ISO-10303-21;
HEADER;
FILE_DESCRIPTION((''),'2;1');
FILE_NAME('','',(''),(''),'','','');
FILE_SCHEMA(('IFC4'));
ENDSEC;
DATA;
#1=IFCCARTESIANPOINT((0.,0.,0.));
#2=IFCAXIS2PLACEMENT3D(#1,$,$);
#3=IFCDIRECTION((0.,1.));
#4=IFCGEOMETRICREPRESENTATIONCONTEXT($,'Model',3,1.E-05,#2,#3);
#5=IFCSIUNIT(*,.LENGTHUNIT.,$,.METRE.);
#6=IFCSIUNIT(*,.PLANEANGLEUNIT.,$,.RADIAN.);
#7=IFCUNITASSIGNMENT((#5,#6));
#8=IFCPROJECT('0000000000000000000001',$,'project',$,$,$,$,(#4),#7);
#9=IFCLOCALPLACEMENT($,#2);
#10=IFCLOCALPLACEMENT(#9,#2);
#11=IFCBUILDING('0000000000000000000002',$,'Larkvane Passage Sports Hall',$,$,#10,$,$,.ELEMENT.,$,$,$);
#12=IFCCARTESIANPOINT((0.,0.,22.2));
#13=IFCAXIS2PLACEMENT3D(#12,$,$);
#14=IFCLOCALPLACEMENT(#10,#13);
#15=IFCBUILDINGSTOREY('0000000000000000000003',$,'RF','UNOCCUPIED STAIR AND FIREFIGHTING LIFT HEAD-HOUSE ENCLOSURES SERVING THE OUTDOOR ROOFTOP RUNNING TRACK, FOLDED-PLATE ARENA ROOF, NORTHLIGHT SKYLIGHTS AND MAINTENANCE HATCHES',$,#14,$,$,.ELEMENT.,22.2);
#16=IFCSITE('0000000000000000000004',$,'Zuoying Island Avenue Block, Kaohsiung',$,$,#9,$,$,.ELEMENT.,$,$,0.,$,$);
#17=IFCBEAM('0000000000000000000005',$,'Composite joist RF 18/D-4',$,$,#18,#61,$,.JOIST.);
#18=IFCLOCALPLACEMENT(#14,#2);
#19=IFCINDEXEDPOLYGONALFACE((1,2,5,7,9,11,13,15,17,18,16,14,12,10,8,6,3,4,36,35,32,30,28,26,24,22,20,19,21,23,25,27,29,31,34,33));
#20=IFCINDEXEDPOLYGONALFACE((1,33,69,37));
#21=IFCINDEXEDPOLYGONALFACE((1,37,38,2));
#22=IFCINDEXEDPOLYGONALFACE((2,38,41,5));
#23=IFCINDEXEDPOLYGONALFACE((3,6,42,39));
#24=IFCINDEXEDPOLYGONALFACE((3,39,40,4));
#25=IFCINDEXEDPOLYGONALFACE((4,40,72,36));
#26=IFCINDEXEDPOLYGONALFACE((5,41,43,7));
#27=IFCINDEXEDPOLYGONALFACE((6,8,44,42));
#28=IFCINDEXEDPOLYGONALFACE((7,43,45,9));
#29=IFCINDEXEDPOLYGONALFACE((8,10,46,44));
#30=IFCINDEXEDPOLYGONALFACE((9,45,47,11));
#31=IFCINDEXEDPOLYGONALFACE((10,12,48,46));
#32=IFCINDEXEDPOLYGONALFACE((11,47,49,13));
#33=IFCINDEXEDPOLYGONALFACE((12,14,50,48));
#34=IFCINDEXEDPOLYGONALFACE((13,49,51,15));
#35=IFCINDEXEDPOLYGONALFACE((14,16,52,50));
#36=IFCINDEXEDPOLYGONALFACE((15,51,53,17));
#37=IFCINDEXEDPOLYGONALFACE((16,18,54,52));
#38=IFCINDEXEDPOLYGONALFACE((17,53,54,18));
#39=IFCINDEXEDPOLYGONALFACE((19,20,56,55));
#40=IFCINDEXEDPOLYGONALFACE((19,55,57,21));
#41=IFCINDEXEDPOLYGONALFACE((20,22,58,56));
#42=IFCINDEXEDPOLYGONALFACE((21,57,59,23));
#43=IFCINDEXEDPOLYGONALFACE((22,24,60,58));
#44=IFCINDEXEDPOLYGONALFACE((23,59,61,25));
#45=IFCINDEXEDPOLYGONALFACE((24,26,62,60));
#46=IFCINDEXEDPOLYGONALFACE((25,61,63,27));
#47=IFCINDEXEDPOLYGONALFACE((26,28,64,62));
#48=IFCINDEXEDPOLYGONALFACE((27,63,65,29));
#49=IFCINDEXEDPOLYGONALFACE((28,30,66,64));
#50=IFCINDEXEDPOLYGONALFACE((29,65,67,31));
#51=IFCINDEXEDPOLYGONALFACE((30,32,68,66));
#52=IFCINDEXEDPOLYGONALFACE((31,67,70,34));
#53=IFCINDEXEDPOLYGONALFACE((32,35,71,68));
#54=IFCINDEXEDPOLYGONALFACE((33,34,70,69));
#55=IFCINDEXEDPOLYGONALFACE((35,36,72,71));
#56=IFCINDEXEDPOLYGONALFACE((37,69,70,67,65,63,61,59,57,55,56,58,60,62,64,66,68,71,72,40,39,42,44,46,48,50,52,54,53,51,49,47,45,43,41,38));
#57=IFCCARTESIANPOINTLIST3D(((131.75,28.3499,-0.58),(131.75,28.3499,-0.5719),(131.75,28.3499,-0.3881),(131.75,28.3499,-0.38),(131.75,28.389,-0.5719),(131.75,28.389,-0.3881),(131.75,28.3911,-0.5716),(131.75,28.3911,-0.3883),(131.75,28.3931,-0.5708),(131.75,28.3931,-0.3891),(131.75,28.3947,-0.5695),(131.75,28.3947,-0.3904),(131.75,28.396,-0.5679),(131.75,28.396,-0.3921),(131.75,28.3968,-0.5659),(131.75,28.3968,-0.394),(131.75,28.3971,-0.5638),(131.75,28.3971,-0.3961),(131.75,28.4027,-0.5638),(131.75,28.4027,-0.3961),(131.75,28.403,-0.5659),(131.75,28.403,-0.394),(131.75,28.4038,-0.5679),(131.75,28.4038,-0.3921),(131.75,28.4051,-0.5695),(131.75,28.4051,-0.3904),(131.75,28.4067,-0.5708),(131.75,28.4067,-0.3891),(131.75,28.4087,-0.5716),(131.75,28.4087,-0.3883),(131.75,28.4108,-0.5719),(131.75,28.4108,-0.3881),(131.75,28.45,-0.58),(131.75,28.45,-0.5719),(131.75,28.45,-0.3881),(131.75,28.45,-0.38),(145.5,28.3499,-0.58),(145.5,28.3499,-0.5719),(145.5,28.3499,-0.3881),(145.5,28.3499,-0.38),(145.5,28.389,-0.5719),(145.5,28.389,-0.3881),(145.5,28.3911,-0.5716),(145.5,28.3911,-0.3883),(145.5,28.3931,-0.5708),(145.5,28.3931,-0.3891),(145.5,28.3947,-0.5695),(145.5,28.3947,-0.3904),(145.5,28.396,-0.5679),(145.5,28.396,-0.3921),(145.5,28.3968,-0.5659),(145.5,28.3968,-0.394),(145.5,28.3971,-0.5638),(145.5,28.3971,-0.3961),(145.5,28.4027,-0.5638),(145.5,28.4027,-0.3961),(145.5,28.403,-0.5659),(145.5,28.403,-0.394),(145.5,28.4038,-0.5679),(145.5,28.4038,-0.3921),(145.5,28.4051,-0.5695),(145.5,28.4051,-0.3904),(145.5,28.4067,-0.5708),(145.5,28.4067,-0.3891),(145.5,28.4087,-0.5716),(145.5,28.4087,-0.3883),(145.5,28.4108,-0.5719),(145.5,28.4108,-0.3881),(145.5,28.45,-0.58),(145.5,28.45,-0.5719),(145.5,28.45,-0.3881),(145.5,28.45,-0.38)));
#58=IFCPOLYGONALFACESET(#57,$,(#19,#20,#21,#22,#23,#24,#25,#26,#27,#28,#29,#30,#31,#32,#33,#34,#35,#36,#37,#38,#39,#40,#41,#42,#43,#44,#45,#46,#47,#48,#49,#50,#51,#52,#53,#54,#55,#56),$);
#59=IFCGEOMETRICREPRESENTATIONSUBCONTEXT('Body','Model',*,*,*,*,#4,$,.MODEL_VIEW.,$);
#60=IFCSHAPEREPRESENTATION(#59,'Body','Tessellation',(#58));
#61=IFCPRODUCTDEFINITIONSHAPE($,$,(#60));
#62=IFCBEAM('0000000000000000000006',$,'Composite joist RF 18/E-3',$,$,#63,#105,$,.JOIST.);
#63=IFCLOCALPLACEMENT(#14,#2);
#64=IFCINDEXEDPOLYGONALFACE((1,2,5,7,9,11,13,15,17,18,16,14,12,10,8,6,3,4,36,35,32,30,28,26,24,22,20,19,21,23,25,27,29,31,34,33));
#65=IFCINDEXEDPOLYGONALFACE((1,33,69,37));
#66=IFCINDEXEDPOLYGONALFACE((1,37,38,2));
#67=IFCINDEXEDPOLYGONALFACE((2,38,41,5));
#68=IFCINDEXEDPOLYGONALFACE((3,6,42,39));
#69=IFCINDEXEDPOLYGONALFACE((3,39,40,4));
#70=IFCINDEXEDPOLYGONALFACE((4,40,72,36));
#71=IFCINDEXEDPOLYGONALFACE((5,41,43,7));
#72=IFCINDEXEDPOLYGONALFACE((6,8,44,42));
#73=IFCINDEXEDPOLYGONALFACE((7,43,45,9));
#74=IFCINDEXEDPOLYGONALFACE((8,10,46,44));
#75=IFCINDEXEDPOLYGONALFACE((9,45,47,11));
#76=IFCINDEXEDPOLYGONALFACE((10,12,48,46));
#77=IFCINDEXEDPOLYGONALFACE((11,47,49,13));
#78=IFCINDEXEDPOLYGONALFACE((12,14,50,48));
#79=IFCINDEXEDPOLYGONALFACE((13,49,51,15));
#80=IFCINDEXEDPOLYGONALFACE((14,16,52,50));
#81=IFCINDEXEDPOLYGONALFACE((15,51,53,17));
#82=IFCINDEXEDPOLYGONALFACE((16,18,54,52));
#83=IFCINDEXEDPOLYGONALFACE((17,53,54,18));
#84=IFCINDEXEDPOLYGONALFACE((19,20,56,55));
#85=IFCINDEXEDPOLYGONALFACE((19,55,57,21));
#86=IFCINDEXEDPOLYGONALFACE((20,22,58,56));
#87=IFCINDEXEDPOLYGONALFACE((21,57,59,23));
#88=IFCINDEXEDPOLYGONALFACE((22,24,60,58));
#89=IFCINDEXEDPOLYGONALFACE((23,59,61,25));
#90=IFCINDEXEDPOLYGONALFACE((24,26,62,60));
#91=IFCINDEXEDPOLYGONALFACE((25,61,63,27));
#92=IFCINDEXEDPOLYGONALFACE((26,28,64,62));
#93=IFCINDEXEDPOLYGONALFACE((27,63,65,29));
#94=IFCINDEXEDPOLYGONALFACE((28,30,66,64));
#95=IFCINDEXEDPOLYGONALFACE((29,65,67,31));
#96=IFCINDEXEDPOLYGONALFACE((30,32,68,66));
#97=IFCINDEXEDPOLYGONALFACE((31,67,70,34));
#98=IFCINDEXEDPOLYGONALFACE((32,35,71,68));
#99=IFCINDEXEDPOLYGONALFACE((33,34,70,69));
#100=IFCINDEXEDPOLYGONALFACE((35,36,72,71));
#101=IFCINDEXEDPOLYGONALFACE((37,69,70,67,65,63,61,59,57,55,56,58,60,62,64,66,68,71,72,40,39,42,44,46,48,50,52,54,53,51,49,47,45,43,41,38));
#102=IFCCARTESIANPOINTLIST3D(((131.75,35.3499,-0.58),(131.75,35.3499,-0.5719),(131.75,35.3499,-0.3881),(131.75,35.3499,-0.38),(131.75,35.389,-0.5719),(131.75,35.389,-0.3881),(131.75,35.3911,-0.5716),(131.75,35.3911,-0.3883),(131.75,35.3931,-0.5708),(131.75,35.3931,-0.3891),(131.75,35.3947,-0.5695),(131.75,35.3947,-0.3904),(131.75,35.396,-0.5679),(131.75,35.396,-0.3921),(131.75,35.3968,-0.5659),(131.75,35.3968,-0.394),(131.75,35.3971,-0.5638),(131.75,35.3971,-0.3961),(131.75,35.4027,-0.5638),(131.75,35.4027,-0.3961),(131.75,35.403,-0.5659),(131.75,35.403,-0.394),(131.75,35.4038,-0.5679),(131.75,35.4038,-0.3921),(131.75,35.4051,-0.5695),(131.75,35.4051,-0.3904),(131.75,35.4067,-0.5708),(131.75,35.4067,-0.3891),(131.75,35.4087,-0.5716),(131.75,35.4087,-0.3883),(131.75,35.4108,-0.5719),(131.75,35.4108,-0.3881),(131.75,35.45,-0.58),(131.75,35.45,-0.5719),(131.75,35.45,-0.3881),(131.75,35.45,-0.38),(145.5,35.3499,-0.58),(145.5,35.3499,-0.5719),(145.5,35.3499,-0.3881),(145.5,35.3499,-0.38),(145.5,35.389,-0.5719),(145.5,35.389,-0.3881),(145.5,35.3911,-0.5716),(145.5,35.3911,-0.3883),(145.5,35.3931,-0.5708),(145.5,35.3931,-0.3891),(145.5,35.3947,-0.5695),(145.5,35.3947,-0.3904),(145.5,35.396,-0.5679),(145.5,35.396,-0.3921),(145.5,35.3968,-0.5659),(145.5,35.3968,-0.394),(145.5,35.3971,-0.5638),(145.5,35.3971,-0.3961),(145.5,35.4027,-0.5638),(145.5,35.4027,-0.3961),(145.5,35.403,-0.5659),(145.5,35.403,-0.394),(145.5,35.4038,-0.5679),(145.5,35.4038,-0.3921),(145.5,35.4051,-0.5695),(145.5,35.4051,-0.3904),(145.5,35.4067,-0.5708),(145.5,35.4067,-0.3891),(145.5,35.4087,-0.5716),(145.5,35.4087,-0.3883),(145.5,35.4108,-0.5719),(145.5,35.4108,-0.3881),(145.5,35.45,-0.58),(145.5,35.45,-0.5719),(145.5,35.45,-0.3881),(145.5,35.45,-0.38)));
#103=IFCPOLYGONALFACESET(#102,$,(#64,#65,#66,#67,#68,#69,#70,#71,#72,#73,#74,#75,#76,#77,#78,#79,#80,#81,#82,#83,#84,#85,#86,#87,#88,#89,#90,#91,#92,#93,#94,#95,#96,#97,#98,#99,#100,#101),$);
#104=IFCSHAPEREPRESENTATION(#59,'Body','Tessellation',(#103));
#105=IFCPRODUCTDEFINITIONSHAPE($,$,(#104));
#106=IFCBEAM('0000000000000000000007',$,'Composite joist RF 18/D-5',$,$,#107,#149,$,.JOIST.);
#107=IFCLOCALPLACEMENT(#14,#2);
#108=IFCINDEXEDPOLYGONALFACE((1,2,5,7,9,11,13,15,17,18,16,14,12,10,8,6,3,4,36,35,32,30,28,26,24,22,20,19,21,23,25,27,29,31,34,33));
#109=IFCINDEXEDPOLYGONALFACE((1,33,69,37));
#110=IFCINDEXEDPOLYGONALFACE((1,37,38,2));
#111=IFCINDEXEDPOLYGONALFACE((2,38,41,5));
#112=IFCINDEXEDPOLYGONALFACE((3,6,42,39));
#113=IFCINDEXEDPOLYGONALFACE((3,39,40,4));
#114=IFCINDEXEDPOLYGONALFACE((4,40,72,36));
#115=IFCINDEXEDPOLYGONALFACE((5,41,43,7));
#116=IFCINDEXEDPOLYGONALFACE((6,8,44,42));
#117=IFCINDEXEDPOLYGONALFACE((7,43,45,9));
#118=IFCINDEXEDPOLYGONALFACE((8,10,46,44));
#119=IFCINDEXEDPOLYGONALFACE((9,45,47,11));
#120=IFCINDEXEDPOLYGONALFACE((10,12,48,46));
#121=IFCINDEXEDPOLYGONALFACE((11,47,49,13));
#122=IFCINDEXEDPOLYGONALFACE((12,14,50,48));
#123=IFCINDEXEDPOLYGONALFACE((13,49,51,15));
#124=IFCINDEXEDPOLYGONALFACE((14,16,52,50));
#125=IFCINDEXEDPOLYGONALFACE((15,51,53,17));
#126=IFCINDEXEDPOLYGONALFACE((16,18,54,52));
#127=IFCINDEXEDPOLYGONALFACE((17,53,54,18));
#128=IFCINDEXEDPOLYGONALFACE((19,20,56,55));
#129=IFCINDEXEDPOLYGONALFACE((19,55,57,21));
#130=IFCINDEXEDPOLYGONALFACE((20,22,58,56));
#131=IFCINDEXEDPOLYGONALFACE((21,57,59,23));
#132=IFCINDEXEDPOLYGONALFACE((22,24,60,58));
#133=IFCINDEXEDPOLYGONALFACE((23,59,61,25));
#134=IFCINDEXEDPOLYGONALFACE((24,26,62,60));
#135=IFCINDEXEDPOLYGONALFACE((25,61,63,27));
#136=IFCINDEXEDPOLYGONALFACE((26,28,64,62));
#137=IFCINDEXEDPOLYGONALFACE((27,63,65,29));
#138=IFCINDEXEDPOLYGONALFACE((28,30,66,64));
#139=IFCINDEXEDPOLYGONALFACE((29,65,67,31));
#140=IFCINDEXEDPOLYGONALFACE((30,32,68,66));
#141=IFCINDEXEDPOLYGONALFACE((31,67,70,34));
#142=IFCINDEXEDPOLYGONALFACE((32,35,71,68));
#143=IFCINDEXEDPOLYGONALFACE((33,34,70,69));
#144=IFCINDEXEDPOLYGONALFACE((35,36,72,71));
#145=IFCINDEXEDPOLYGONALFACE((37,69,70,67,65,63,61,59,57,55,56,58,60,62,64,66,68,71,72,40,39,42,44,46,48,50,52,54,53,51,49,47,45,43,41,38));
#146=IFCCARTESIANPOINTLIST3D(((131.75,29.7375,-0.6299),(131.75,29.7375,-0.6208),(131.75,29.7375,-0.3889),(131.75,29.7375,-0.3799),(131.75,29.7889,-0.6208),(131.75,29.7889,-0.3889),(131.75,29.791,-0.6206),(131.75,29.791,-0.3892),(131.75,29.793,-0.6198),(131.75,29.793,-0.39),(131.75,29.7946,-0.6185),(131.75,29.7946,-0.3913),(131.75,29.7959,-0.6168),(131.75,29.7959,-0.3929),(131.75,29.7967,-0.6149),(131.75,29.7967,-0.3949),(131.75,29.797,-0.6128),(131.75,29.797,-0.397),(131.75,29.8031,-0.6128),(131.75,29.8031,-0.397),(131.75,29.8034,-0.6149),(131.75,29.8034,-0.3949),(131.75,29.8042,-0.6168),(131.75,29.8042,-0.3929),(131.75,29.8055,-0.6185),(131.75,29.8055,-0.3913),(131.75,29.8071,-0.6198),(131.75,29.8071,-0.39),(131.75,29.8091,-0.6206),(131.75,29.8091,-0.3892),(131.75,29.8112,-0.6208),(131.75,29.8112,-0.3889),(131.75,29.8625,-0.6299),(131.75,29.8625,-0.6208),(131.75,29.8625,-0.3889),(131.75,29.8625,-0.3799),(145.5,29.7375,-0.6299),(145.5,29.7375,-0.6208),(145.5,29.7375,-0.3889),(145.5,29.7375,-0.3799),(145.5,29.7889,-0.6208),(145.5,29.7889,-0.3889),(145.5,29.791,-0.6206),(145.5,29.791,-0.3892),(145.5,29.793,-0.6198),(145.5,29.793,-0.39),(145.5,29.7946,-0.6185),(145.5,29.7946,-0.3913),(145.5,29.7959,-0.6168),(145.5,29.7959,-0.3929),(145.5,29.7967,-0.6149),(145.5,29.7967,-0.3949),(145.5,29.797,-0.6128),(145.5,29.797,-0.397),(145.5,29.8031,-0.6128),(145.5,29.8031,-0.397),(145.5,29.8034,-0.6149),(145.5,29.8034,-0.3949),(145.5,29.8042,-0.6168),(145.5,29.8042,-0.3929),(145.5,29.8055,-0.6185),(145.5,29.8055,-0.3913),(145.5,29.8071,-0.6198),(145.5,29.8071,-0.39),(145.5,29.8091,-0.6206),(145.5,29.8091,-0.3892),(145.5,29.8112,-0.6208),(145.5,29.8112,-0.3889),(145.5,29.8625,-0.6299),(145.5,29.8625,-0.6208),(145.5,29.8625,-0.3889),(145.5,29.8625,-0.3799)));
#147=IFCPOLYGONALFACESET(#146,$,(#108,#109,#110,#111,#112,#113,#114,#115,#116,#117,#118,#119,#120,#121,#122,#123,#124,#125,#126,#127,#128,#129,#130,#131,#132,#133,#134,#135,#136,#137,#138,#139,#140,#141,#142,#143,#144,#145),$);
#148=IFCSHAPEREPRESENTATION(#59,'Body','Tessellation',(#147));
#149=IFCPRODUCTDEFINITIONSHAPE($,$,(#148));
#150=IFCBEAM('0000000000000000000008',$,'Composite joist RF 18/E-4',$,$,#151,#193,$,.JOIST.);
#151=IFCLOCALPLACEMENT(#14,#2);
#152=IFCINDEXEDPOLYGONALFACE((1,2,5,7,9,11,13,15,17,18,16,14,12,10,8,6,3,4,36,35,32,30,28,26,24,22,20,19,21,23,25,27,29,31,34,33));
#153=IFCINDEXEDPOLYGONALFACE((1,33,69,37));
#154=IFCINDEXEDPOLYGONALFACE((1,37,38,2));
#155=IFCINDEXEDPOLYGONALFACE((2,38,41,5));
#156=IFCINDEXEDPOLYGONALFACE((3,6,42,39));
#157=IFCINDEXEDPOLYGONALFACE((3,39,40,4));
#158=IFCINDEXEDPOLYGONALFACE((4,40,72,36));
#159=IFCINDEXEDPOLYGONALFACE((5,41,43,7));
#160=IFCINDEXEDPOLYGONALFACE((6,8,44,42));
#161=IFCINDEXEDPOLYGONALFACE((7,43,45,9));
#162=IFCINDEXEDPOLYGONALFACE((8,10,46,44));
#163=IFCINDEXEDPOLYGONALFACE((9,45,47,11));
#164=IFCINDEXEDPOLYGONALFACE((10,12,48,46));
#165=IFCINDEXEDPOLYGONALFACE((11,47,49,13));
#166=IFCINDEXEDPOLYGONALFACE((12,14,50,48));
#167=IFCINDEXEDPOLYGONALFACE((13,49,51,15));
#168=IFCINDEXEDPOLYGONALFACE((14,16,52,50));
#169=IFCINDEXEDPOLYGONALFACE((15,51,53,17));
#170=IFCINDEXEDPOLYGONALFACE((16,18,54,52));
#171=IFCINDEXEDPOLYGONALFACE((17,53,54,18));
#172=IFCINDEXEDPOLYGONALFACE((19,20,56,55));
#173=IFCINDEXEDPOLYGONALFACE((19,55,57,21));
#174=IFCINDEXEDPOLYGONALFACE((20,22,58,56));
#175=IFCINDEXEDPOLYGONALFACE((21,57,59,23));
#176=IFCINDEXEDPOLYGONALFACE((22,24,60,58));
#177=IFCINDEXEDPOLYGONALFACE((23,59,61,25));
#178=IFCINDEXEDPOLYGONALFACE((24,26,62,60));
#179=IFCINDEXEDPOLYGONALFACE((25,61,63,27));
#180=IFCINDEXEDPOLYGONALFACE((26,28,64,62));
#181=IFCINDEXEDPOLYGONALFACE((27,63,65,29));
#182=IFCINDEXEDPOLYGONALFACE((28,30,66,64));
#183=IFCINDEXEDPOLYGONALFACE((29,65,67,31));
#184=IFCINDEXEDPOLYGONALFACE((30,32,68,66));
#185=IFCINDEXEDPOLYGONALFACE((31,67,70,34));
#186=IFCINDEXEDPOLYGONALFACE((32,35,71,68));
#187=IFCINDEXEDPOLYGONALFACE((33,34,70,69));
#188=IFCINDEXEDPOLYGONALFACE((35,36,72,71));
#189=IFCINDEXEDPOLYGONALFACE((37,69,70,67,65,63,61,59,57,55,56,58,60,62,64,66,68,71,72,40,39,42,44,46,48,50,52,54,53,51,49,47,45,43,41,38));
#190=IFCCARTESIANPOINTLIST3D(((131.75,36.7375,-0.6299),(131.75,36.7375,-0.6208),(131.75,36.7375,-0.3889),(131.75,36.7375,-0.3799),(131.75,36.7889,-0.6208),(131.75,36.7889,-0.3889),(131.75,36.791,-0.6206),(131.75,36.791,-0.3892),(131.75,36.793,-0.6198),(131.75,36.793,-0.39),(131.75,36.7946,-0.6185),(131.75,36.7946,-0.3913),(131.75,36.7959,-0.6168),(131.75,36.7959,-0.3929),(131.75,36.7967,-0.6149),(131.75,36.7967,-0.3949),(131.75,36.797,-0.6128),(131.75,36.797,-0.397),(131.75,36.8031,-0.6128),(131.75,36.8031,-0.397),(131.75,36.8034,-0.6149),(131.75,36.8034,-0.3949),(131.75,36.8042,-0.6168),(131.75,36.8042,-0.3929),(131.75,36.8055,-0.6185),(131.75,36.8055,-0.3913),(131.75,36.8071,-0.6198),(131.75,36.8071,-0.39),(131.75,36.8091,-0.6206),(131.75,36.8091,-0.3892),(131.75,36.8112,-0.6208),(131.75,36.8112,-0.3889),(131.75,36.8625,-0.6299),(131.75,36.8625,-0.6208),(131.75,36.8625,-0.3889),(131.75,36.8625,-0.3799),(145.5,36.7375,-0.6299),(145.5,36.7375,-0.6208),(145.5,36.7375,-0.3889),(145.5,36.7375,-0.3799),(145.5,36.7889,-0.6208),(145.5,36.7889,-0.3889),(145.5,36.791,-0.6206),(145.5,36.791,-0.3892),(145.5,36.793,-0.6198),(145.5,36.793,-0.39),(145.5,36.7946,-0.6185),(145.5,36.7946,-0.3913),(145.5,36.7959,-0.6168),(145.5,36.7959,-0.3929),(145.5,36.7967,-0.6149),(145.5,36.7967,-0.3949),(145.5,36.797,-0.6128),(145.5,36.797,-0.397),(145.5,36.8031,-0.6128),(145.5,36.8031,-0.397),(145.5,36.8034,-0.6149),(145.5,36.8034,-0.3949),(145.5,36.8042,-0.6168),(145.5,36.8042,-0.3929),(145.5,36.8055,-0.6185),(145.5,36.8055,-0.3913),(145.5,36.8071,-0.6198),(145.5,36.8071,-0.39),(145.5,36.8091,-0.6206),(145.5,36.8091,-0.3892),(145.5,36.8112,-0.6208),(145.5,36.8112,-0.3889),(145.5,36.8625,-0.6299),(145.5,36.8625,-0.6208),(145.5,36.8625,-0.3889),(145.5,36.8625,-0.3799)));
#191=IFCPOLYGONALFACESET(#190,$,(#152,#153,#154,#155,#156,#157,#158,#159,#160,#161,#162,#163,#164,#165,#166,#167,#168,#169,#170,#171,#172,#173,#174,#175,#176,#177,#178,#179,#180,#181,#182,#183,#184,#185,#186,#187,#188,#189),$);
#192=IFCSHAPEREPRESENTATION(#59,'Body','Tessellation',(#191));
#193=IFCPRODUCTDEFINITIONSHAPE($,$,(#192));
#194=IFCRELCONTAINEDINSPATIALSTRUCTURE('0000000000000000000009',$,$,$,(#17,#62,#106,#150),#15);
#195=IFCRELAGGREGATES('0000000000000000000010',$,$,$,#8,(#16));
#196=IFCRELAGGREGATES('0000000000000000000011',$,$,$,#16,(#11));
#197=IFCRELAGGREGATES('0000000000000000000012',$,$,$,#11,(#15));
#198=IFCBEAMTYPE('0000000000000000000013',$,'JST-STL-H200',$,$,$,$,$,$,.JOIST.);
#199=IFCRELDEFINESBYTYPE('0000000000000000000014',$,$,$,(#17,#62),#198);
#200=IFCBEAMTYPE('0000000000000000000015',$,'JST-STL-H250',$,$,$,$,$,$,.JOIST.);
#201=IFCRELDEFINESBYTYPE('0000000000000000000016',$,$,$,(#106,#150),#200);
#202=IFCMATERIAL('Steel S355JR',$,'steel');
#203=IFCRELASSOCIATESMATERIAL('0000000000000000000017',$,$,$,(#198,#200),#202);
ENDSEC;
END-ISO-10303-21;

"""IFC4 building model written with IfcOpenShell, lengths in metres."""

from ifc_helpers import new_model, si_unit, direction, frame, origin, origin_2d, place, context, subcontext, project, spatial, i_section, extrude, material, material_profile, profile_set, type_object, element, save


model = new_model("IFC4")

# Units and contexts
model_context = context("Model", 3, precision=1e-05, world=origin(), true_north=direction((0.0, 1.0)))
body_context = subcontext(model_context, "Body", "Model", "MODEL_VIEW")
ifc_project = project(units=[si_unit("LENGTHUNIT", "METRE"), si_unit("PLANEANGLEUNIT", "RADIAN")], contexts=[model_context])

# Site, building, storey
site_placement = place(None, origin())
site = spatial("IfcSite", under=ifc_project, at=site_placement, Name="Zuoying Island Avenue Block, Kaohsiung", CompositionType="ELEMENT", RefElevation=0.0)
building_placement = place(site_placement, origin())
building = spatial("IfcBuilding", under=site, at=building_placement, Name="Larkvane Passage Sports Hall", CompositionType="ELEMENT")
storey_placement = place(building_placement, frame((0.0, 0.0, 22.2)))
storey = spatial("IfcBuildingStorey", under=building, at=storey_placement, Name="RF", Description="UNOCCUPIED STAIR AND FIREFIGHTING LIFT HEAD-HOUSE ENCLOSURES SERVING THE OUTDOOR ROOFTOP RUNNING TRACK, FOLDED-PLATE ARENA ROOF, NORTHLIGHT SKYLIGHTS AND MAINTENANCE HATCHES", CompositionType="ELEMENT", Elevation=22.2)

# Beams
ifc_material_1 = material(Name="Steel S355JR", Category="steel")
ifc_material_profile_1 = material_profile(ifc_material_1, i_section(OverallWidth=0.1001, OverallDepth=0.2, WebThickness=0.0056, FlangeThickness=0.0081, FilletRadius=0.0081, at=origin_2d()), Name="H-200x100x5.5x8")
ifc_profile_set_1 = profile_set([ifc_material_profile_1], Name="Steel S355JR")
beam_type_1 = type_object("IfcBeamType", Name="JST-STL-H200", PredefinedType="JOIST", material=ifc_profile_set_1)
for number, where, z_axis, x_axis, name in (
    (1, (131.75, 28.3999, -0.48), (1.0, 0.0, 0.0), (0.0, 1.0, 0.0), "Composite joist RF 18/D-4"),
    (2, (131.75, 35.3999, -0.48), (1.0, 0.0, 0.0), (0.0, 1.0, 0.0), "Composite joist RF 18/E-3"),
):
    element("IfcBeam", number, at=place(storey_placement, frame(where, z_axis=z_axis, x_axis=x_axis)), inside=storey, type_object=beam_type_1, Name=name, PredefinedType="JOIST", context=body_context, shape_type="SweptSolid", body=[
        extrude(i_section(OverallWidth=0.1001, OverallDepth=0.2, WebThickness=0.0056, FlangeThickness=0.0081, FilletRadius=0.0081, at=origin_2d()), origin(), (0.0, 0.0, 1.0), 13.75),
    ])
ifc_material_profile_2 = material_profile(ifc_material_1, i_section(OverallWidth=0.125, OverallDepth=0.25, WebThickness=0.0061, FlangeThickness=0.009, FilletRadius=0.0081, at=origin_2d()), Name="H-250x125x6x9")
ifc_profile_set_2 = profile_set([ifc_material_profile_2], Name="Steel S355JR")
beam_type_2 = type_object("IfcBeamType", Name="JST-STL-H250", PredefinedType="JOIST", material=ifc_profile_set_2)
for number, where, z_axis, x_axis, name in (
    (3, (131.75, 29.8, -0.5049), (1.0, 0.0, 0.0), (0.0, 1.0, 0.0), "Composite joist RF 18/D-5"),
    (4, (131.75, 36.8, -0.5049), (1.0, 0.0, 0.0), (0.0, 1.0, 0.0), "Composite joist RF 18/E-4"),
):
    element("IfcBeam", number, at=place(storey_placement, frame(where, z_axis=z_axis, x_axis=x_axis)), inside=storey, type_object=beam_type_2, Name=name, PredefinedType="JOIST", context=body_context, shape_type="SweptSolid", body=[
        extrude(i_section(OverallWidth=0.125, OverallDepth=0.25, WebThickness=0.0061, FlangeThickness=0.009, FilletRadius=0.0081, at=origin_2d()), origin(), (0.0, 0.0, 1.0), 13.75),
    ])

save(model, "model.ifc")
